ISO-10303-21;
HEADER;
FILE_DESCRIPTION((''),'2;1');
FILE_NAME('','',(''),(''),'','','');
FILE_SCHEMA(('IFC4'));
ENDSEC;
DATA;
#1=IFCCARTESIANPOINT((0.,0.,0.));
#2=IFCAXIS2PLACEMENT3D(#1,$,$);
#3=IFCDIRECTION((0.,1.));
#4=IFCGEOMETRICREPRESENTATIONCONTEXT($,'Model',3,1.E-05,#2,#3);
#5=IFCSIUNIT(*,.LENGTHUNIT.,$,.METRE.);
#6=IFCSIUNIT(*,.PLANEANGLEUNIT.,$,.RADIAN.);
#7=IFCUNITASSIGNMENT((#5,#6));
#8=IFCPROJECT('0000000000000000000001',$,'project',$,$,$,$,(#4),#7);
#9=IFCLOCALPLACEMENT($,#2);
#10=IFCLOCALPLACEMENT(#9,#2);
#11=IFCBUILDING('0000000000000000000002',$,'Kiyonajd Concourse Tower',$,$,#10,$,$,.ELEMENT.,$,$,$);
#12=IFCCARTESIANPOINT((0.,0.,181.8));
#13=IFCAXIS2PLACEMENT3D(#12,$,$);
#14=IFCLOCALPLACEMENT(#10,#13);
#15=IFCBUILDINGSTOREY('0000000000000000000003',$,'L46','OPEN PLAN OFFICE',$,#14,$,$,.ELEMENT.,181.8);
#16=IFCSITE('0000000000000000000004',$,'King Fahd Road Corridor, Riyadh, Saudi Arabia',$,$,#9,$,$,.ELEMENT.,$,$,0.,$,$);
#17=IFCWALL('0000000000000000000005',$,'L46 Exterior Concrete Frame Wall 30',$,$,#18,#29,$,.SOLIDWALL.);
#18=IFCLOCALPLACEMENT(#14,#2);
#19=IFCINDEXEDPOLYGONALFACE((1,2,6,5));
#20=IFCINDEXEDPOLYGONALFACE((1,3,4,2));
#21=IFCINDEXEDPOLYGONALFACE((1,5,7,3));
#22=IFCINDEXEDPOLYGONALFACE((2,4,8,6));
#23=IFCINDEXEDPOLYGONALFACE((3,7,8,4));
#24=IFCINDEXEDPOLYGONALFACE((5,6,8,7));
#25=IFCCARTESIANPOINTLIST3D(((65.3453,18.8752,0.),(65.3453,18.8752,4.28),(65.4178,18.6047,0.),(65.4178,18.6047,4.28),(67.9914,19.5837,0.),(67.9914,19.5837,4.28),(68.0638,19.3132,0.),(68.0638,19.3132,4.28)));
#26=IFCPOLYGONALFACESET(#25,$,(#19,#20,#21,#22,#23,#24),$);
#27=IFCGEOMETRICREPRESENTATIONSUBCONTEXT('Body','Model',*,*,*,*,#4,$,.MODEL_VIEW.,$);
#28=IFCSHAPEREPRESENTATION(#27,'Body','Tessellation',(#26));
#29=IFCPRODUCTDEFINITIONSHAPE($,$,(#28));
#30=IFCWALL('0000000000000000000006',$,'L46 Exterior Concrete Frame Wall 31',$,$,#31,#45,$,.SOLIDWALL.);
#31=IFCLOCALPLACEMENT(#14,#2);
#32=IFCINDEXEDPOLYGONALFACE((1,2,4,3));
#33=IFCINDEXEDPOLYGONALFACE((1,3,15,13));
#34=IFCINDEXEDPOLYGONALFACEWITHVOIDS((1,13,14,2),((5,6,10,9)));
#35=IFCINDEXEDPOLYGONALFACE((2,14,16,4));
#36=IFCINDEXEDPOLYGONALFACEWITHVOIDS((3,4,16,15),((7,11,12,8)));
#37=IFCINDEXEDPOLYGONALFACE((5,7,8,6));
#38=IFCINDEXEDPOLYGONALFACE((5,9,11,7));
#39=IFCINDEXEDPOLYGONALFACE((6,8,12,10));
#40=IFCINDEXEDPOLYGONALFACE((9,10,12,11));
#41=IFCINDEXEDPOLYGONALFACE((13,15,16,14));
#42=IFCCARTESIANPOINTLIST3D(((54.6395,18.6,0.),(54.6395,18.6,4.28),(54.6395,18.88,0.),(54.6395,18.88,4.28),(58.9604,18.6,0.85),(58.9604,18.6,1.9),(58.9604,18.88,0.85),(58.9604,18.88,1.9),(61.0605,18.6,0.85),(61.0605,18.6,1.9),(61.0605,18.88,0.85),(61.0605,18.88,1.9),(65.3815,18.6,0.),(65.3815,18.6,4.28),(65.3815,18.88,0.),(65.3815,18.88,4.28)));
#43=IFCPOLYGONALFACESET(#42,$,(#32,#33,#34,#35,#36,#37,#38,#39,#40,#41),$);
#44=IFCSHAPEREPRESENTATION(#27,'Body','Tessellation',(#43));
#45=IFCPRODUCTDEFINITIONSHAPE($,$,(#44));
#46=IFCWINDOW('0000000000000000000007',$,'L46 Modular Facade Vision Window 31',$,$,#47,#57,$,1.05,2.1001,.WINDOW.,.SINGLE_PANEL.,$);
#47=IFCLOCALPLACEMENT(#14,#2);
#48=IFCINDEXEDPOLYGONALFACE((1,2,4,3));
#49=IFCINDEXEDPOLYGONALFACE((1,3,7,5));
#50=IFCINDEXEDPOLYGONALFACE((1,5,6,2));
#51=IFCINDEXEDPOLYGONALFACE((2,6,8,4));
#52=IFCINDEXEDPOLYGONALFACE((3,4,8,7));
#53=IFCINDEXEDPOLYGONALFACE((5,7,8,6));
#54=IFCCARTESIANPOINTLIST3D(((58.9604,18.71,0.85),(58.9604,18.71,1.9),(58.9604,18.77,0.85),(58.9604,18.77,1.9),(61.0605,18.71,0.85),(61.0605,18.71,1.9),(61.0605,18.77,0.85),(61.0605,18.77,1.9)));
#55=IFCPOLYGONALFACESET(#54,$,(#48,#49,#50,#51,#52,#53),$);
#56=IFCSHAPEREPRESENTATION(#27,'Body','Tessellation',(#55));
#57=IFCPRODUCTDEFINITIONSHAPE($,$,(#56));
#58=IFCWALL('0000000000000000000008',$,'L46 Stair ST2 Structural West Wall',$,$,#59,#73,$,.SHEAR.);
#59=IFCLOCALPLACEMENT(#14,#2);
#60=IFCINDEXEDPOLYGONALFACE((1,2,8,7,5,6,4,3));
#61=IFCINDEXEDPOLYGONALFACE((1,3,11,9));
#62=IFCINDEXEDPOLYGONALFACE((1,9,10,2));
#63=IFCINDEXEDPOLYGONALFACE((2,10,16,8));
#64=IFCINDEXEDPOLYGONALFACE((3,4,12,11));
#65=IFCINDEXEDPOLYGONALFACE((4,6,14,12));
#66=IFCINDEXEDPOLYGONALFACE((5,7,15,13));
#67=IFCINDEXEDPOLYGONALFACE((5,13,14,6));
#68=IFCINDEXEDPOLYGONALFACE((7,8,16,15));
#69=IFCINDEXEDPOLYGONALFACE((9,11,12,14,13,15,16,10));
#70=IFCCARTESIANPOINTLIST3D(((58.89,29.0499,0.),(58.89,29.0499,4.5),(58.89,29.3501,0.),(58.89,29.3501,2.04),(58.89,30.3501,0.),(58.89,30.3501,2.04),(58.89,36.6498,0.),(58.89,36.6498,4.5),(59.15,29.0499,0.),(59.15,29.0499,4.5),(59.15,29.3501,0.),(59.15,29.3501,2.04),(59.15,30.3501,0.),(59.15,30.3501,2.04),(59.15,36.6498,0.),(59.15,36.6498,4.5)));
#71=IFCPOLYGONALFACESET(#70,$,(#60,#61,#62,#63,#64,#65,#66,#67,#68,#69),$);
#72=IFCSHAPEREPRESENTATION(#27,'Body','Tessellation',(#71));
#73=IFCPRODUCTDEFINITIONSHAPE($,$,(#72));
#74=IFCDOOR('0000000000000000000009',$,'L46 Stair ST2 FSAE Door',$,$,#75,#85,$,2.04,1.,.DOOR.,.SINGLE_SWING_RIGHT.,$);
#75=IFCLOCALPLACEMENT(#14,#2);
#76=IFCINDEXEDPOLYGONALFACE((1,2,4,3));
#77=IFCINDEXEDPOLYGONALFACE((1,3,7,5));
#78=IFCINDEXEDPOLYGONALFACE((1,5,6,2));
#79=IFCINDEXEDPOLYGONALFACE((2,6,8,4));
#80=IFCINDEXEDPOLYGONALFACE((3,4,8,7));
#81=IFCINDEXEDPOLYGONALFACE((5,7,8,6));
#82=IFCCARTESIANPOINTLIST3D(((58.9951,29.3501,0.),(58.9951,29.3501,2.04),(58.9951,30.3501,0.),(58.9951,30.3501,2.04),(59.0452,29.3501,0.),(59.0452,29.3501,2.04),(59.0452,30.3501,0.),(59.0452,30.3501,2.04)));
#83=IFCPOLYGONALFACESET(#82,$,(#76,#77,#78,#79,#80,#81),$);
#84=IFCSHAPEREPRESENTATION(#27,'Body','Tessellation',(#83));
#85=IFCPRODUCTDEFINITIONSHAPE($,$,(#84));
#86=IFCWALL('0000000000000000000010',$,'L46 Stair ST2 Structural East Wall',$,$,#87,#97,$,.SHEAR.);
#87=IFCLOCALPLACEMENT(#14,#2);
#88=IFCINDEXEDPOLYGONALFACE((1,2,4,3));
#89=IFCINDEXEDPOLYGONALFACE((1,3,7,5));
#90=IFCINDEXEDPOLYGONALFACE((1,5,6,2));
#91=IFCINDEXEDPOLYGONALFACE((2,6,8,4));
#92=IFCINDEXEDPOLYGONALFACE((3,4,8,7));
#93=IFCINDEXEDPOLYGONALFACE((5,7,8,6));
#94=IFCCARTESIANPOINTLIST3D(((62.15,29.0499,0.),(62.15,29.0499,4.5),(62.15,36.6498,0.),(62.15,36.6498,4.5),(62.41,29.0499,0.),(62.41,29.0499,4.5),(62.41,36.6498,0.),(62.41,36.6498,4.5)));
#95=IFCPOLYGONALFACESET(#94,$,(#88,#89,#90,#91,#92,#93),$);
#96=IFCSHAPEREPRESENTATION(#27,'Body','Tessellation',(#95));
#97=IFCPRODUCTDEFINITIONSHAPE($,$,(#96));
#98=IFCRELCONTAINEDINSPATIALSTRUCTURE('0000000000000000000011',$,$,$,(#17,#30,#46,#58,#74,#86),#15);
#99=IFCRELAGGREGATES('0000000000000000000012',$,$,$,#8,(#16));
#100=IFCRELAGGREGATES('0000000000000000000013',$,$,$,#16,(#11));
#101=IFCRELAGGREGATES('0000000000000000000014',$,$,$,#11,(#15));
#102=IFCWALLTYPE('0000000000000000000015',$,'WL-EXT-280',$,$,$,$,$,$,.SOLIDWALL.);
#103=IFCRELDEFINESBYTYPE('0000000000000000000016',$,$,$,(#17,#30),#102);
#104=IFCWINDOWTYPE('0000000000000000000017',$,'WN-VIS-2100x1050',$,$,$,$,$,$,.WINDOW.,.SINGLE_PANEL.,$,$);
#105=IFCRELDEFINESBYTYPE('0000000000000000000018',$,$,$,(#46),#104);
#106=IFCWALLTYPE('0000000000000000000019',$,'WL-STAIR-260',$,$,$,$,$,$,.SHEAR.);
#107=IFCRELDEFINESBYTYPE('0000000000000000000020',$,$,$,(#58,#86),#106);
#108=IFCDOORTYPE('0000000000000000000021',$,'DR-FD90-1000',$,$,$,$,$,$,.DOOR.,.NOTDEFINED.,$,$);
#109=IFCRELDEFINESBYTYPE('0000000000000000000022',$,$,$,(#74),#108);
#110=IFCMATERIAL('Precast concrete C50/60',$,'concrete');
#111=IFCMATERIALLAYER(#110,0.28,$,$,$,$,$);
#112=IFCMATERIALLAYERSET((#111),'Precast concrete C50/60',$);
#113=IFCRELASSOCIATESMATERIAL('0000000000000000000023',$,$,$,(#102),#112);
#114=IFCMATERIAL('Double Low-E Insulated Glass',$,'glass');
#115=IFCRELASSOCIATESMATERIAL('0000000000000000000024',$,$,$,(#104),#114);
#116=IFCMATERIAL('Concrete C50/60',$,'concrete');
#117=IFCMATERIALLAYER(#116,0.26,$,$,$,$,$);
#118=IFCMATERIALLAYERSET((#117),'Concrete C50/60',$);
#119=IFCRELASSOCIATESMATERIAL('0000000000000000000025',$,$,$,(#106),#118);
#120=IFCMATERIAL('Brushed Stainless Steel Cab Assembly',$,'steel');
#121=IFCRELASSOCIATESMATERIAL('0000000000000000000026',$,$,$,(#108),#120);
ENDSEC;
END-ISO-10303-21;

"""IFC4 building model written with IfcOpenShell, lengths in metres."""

from ifc_helpers import new_model, si_unit, direction, frame, frame_2d, origin, place, context, subcontext, project, spatial, rectangle, extrude, material, layer, layer_set, type_object, element, fill, save


model = new_model("IFC4")

# Units and contexts
model_context = context("Model", 3, precision=1e-05, world=origin(), true_north=direction((0.0, 1.0)))
body_context = subcontext(model_context, "Body", "Model", "MODEL_VIEW")
ifc_project = project(units=[si_unit("LENGTHUNIT", "METRE"), si_unit("PLANEANGLEUNIT", "RADIAN")], contexts=[model_context])

# Site, building, storey
site_placement = place(None, origin())
site = spatial("IfcSite", under=ifc_project, at=site_placement, Name="King Fahd Road Corridor, Riyadh, Saudi Arabia", CompositionType="ELEMENT", RefElevation=0.0)
building_placement = place(site_placement, origin())
building = spatial("IfcBuilding", under=site, at=building_placement, Name="Kiyonajd Concourse Tower", CompositionType="ELEMENT")
storey_placement = place(building_placement, frame((0.0, 0.0, 181.8)))
storey = spatial("IfcBuildingStorey", under=building, at=storey_placement, Name="L46", Description="OPEN PLAN OFFICE", CompositionType="ELEMENT", Elevation=181.8)

# Shared definitions
ifc_material_1 = material(Name="Double Low-E Insulated Glass", Category="glass")

# Wall
ifc_material_2 = material(Name="Precast concrete C50/60", Category="concrete")
ifc_layer_1 = layer(ifc_material_2, 0.28)
ifc_layer_set_1 = layer_set([ifc_layer_1], Name="Precast concrete C50/60")
wall_type_1 = type_object("IfcWallType", Name="WL-EXT-280", PredefinedType="SOLIDWALL", material=ifc_layer_set_1)
wall_1_placement = place(storey_placement, frame((68.0276, 19.4485, 0.0), z_axis=(0.0, 0.0, 1.0), x_axis=(-0.965971, -0.25865, 0.0)))
element("IfcWall", 1, at=wall_1_placement, inside=storey, type_object=wall_type_1, Name="L46 Exterior Concrete Frame Wall 30", PredefinedType="SOLIDWALL", context=body_context, shape_type="SweptSolid", body=[
    extrude(rectangle(XDim=2.7393, YDim=0.28, at=frame_2d((1.3696, 0.0))), origin(), (0.0, 0.0, 1.0), 4.28),
])

# Wall, opening, window
wall_2_placement = place(storey_placement, frame((65.3816, 18.74, 0.0), z_axis=(0.0, 0.0, 1.0), x_axis=(-1.0, 0.0, 0.0)))
wall_2 = element("IfcWall", 2, at=wall_2_placement, inside=storey, type_object=wall_type_1, Name="L46 Exterior Concrete Frame Wall 31", PredefinedType="SOLIDWALL", context=body_context, shape_type="SweptSolid", body=[
    extrude(rectangle(XDim=10.7419, YDim=0.28, at=frame_2d((5.3711, 0.0))), origin(), (0.0, 0.0, 1.0), 4.28),
])
opening_1_placement = place(wall_2_placement, frame((4.321, 0.0, 0.8501)))
opening_1 = element("IfcOpeningElement", 3, at=opening_1_placement, cuts=wall_2, PredefinedType="OPENING", context=body_context, shape_type="SweptSolid", body=[
    extrude(rectangle(XDim=2.1001, YDim=1.05, at=frame_2d((1.05, 0.5249))), frame((0.0, 0.1499, 0.0), z_axis=(0.0, -1.0, 0.0), x_axis=(1.0, 0.0, 0.0)), (0.0, 0.0, 1.0), 0.3),
])
window_type = type_object("IfcWindowType", Name="WN-VIS-2100x1050", PartitioningType="SINGLE_PANEL", PredefinedType="WINDOW", material=ifc_material_1)
window_placement = place(opening_1_placement, origin())
window = element("IfcWindow", 4, at=window_placement, inside=storey, type_object=window_type, Name="L46 Modular Facade Vision Window 31", OverallHeight=1.05, OverallWidth=2.1001, PartitioningType="SINGLE_PANEL", PredefinedType="WINDOW", context=body_context, shape_type="SweptSolid", body=[
    extrude(rectangle(XDim=2.1001, YDim=1.05, at=frame_2d((1.05, 0.5249))), frame((0.0, 0.03, 0.0), z_axis=(0.0, -1.0, 0.0), x_axis=(1.0, 0.0, 0.0)), (0.0, 0.0, 1.0), 0.0601),
])
fill(opening_1, window)

# Wall, opening, door
ifc_material_3 = material(Name="Concrete C50/60", Category="concrete")
ifc_layer_2 = layer(ifc_material_3, 0.26)
ifc_layer_set_2 = layer_set([ifc_layer_2], Name="Concrete C50/60")
wall_type_2 = type_object("IfcWallType", Name="WL-STAIR-260", PredefinedType="SHEAR", material=ifc_layer_set_2)
wall_3_placement = place(storey_placement, frame((59.02, 29.05, 0.0), z_axis=(0.0, 0.0, 1.0), x_axis=(0.0, 1.0, 0.0)))
wall_3 = element("IfcWall", 5, at=wall_3_placement, inside=storey, type_object=wall_type_2, Name="L46 Stair ST2 Structural West Wall", PredefinedType="SHEAR", context=body_context, shape_type="SweptSolid", body=[
    extrude(rectangle(XDim=7.5999, YDim=0.26, at=frame_2d((3.7998, 0.0))), origin(), (0.0, 0.0, 1.0), 4.5),
])
opening_2_placement = place(wall_3_placement, frame((0.3, 0.0, 0.0)))
opening_2 = element("IfcOpeningElement", 6, at=opening_2_placement, cuts=wall_3, PredefinedType="OPENING", context=body_context, shape_type="SweptSolid", body=[
    extrude(rectangle(XDim=1.0, YDim=2.04, at=frame_2d((0.5, 1.02))), frame((0.0, 0.1399, 0.0), z_axis=(0.0, -1.0, 0.0), x_axis=(1.0, 0.0, 0.0)), (0.0, 0.0, 1.0), 0.28),
])
ifc_material_4 = material(Name="Brushed Stainless Steel Cab Assembly", Category="steel")
door_type = type_object("IfcDoorType", Name="DR-FD90-1000", OperationType="NOTDEFINED", PredefinedType="DOOR", material=ifc_material_4)
door_placement = place(opening_2_placement, origin())
door = element("IfcDoor", 7, at=door_placement, inside=storey, type_object=door_type, Name="L46 Stair ST2 FSAE Door", OperationType="SINGLE_SWING_RIGHT", OverallHeight=2.04, OverallWidth=1.0, PredefinedType="DOOR", context=body_context, shape_type="SweptSolid", body=[
    extrude(rectangle(XDim=1.0, YDim=2.04, at=frame_2d((0.5, 1.02))), frame((0.0, 0.0249, 0.0), z_axis=(0.0, -1.0, 0.0), x_axis=(1.0, 0.0, 0.0)), (0.0, 0.0, 1.0), 0.05),
])
fill(opening_2, door)

# Wall
wall_4_placement = place(storey_placement, frame((62.28, 29.05, 0.0), z_axis=(0.0, 0.0, 1.0), x_axis=(0.0, 1.0, 0.0)))
element("IfcWall", 8, at=wall_4_placement, inside=storey, type_object=wall_type_2, Name="L46 Stair ST2 Structural East Wall", PredefinedType="SHEAR", context=body_context, shape_type="SweptSolid", body=[
    extrude(rectangle(XDim=7.5999, YDim=0.26, at=frame_2d((3.7998, 0.0))), origin(), (0.0, 0.0, 1.0), 4.5),
])

save(model, "model.ifc")
